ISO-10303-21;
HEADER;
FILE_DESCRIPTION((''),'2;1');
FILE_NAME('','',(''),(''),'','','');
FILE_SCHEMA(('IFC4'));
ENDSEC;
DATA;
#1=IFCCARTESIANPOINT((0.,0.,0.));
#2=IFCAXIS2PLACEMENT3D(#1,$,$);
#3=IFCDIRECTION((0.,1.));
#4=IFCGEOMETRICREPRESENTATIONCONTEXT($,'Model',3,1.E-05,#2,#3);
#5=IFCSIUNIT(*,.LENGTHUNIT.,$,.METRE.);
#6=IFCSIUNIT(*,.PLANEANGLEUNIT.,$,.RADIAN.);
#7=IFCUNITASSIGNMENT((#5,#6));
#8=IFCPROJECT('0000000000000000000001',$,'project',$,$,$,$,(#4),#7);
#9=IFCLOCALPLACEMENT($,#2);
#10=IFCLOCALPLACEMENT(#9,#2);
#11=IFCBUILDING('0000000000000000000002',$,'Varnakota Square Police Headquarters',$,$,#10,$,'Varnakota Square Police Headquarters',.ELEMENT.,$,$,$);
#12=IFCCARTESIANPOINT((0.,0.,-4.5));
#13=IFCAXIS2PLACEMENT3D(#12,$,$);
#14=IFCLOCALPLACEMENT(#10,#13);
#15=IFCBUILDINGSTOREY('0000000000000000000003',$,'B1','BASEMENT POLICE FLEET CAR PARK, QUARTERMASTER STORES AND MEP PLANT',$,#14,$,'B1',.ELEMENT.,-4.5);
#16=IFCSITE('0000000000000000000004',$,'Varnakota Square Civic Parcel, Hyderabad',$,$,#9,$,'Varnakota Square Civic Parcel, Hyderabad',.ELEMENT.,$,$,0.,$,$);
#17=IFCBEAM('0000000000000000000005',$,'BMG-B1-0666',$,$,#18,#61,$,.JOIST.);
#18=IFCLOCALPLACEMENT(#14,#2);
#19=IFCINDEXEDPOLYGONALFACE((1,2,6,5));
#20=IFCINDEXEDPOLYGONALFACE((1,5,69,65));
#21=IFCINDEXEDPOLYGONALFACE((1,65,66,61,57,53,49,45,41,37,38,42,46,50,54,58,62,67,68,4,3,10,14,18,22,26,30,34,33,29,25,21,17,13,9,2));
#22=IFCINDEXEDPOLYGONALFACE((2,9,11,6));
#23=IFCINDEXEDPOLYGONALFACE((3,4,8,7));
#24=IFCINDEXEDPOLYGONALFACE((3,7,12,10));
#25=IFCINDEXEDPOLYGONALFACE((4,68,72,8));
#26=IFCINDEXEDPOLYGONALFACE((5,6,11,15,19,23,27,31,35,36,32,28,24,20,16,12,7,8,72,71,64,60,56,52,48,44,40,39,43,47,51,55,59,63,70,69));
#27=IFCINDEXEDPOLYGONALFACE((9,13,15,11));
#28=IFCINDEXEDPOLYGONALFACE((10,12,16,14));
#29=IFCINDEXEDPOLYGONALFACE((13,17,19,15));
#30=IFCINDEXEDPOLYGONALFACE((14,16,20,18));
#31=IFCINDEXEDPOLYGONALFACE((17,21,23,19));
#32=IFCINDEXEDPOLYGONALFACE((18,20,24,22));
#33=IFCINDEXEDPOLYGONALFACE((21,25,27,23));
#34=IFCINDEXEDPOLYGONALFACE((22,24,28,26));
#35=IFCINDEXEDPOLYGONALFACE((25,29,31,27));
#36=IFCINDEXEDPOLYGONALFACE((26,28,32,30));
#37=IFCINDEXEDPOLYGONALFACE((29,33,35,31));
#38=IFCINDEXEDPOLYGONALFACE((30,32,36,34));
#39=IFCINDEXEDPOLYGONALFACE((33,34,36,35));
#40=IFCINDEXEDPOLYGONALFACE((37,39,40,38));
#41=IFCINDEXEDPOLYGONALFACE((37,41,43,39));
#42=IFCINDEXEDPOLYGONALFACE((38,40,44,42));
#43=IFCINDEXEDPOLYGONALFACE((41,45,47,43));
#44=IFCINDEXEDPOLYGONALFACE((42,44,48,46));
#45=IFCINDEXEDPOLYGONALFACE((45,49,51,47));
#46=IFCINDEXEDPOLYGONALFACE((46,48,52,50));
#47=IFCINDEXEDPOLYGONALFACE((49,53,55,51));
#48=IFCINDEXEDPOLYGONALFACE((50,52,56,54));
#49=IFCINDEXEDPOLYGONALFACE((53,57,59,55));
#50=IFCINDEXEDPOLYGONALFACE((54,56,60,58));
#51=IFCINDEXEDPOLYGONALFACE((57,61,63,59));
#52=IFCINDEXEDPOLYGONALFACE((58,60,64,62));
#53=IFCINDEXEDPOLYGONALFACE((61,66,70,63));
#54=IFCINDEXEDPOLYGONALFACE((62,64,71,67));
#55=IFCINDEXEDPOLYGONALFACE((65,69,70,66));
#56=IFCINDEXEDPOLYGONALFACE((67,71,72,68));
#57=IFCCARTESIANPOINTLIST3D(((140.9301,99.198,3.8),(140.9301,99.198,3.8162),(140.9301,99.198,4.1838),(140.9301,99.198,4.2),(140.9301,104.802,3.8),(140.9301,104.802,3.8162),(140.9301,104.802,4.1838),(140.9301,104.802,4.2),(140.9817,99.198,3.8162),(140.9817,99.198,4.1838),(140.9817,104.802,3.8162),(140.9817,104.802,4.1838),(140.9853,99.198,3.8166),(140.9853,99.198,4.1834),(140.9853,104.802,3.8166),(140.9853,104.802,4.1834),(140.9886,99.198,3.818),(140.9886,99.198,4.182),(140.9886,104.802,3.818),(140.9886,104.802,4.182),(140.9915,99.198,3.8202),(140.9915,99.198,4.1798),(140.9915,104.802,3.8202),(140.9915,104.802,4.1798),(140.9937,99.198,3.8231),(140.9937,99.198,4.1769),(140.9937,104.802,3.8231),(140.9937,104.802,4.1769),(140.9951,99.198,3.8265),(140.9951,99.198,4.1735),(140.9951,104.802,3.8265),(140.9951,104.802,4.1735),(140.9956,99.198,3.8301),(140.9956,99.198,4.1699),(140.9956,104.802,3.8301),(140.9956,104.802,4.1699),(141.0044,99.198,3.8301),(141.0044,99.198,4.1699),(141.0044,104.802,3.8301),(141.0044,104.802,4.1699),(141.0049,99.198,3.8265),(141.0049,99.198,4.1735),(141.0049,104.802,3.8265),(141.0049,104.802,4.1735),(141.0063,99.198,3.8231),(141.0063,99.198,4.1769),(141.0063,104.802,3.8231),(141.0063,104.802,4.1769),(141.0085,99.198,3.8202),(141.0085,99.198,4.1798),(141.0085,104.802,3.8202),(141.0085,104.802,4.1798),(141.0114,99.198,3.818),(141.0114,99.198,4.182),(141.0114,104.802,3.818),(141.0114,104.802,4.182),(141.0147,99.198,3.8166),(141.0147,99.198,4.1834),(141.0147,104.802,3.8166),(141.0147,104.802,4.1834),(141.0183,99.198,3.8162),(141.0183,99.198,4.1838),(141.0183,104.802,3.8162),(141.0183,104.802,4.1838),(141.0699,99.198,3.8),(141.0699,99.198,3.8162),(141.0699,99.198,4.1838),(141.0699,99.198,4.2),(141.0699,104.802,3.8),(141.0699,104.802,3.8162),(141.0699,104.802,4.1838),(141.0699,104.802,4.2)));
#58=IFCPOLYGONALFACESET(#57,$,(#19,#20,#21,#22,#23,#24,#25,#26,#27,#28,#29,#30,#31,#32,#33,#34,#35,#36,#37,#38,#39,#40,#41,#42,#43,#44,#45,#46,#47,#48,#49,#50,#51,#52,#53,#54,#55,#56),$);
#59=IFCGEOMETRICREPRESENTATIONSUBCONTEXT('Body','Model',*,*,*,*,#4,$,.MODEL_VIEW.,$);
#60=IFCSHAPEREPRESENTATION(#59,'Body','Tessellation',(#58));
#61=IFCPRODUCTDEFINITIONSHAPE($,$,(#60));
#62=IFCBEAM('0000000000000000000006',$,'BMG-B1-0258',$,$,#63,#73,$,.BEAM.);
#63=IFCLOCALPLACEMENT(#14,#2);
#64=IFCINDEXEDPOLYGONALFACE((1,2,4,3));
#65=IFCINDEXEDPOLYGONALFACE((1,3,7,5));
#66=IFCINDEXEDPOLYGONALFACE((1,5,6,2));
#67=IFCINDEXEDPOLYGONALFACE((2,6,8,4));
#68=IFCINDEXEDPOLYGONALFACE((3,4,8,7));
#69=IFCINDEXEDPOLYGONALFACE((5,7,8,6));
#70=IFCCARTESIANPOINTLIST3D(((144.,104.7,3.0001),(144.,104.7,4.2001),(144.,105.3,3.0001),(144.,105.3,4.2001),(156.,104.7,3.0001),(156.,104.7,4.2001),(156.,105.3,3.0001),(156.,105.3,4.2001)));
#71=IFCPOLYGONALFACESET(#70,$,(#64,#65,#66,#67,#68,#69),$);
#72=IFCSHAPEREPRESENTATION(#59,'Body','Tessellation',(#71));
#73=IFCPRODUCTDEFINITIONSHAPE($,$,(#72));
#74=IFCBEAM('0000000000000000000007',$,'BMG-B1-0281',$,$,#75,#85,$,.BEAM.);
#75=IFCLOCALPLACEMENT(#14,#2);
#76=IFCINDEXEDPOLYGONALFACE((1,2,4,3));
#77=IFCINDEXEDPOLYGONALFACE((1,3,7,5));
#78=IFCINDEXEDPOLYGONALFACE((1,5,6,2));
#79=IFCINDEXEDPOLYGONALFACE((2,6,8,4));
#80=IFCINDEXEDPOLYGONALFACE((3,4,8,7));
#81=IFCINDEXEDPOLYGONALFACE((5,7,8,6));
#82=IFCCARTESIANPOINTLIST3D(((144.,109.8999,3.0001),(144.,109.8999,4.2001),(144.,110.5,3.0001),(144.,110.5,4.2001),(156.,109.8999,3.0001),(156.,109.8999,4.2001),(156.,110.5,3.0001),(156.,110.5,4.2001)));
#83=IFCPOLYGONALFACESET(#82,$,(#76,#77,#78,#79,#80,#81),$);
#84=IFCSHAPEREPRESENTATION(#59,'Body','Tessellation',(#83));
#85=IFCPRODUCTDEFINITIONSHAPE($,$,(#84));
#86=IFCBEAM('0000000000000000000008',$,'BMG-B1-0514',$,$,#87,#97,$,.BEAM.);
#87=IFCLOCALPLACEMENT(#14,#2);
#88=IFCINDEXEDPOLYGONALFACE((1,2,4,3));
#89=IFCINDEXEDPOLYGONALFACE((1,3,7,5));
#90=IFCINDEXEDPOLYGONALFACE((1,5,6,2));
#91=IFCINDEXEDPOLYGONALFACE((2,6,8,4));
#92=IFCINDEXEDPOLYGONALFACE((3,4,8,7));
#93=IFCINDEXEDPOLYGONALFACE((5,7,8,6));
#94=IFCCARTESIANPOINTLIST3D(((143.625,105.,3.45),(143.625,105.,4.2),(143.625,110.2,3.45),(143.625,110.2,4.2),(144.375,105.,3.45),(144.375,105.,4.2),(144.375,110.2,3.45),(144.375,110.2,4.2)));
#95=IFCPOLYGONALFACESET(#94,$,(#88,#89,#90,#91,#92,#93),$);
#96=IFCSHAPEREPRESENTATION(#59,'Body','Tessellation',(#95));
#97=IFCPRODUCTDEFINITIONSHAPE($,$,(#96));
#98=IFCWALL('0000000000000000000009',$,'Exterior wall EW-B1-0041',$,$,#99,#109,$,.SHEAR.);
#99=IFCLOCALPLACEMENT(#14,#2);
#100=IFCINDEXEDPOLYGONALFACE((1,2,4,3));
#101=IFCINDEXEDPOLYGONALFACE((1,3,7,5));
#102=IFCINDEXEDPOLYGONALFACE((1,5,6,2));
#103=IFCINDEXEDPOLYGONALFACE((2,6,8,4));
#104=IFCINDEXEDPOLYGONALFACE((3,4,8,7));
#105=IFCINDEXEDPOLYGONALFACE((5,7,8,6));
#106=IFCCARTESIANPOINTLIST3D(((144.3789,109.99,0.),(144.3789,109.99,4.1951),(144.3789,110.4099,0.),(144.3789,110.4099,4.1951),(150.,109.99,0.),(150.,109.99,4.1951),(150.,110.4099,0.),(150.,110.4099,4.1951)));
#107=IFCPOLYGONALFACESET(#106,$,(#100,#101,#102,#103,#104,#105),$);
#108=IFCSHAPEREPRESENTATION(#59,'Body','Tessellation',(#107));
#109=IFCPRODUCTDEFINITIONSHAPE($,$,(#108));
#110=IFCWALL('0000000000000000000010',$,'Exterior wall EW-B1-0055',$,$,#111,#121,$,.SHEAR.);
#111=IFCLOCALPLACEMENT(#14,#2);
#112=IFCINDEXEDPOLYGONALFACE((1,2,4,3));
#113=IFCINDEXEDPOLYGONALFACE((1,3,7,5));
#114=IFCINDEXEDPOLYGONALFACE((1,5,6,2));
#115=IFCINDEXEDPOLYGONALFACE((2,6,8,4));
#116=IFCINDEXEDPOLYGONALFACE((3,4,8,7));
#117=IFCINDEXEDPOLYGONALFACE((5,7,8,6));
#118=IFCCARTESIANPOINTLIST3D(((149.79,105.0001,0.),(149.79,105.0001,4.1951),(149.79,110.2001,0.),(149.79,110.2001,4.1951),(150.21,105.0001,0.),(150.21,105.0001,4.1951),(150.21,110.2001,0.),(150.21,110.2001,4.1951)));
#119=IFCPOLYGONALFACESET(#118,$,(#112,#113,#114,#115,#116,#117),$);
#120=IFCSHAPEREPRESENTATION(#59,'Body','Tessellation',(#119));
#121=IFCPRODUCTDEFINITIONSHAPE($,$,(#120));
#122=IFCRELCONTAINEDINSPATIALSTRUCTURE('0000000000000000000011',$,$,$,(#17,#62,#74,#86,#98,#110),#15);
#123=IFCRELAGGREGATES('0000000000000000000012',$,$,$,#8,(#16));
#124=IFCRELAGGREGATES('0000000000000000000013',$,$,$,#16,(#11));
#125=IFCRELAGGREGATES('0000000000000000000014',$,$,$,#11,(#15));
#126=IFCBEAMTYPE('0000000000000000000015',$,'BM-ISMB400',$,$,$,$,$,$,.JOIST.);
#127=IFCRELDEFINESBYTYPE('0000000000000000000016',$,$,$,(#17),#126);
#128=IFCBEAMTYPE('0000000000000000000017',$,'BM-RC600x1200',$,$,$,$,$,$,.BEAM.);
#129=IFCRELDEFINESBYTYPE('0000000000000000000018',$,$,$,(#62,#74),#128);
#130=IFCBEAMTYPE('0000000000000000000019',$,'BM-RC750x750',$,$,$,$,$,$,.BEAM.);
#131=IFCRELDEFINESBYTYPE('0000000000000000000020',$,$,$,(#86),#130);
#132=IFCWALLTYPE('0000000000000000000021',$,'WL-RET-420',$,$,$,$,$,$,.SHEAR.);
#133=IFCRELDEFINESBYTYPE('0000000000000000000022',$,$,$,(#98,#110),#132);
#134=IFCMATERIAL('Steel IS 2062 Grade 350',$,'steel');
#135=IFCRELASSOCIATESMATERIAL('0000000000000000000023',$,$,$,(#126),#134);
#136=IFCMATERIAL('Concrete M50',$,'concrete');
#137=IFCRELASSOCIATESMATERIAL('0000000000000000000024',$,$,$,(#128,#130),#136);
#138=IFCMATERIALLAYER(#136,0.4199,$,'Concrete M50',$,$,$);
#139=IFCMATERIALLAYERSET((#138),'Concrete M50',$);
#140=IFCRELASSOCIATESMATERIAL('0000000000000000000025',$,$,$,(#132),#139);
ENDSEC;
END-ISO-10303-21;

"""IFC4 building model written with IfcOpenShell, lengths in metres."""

from ifc_helpers import new_model, si_unit, direction, frame, frame_2d, origin, origin_2d, place, context, subcontext, project, spatial, rectangle, i_section, extrude, material, layer, layer_set, material_profile, profile_set, type_object, element, save


model = new_model("IFC4")

# Units and contexts
model_context = context("Model", 3, precision=1e-05, world=origin(), true_north=direction((0.0, 1.0)))
body_context = subcontext(model_context, "Body", "Model", "MODEL_VIEW")
ifc_project = project(units=[si_unit("LENGTHUNIT", "METRE"), si_unit("PLANEANGLEUNIT", "RADIAN")], contexts=[model_context])

# Site, building, storey
site_placement = place(None, origin())
site = spatial("IfcSite", under=ifc_project, at=site_placement, Name="Varnakota Square Civic Parcel, Hyderabad", LongName="Varnakota Square Civic Parcel, Hyderabad", CompositionType="ELEMENT", RefElevation=0.0)
building_placement = place(site_placement, origin())
building = spatial("IfcBuilding", under=site, at=building_placement, Name="Varnakota Square Police Headquarters", LongName="Varnakota Square Police Headquarters", CompositionType="ELEMENT")
storey_placement = place(building_placement, frame((0.0, 0.0, -4.5)))
storey = spatial("IfcBuildingStorey", under=building, at=storey_placement, Name="B1", Description="BASEMENT POLICE FLEET CAR PARK, QUARTERMASTER STORES AND MEP PLANT", LongName="B1", CompositionType="ELEMENT", Elevation=-4.5)

# Shared definitions
ifc_material_1 = material(Name="Concrete M50", Category="concrete")

# Beams
ifc_material_2 = material(Name="Steel IS 2062 Grade 350", Category="steel")
ifc_material_profile_1 = material_profile(ifc_material_2, i_section(OverallWidth=0.1399, OverallDepth=0.3999, WebThickness=0.0088, FlangeThickness=0.0161, FilletRadius=0.0139, at=origin_2d()), Name="ISMB 400")
ifc_profile_set_1 = profile_set([ifc_material_profile_1], Name="Steel IS 2062 Grade 350")
beam_type_1 = type_object("IfcBeamType", Name="BM-ISMB400", PredefinedType="JOIST", material=ifc_profile_set_1)
beam_1_placement = place(storey_placement, frame((141.0, 99.198, 4.0), z_axis=(0.0, 1.0, 0.0), x_axis=(-1.0, 0.0, 0.0)))
element("IfcBeam", 1, at=beam_1_placement, inside=storey, type_object=beam_type_1, Name="BMG-B1-0666", PredefinedType="JOIST", context=body_context, shape_type="SweptSolid", body=[
    extrude(i_section(OverallWidth=0.1399, OverallDepth=0.3999, WebThickness=0.0088, FlangeThickness=0.0161, FilletRadius=0.0139, at=origin_2d()), origin(), (0.0, 0.0, 1.0), 5.604),
])
ifc_material_profile_2 = material_profile(ifc_material_1, rectangle(XDim=0.6001, YDim=1.2, at=origin_2d()), Name="RC 600x1200")
ifc_profile_set_2 = profile_set([ifc_material_profile_2], Name="Concrete M50")
beam_type_2 = type_object("IfcBeamType", Name="BM-RC600x1200", PredefinedType="BEAM", material=ifc_profile_set_2)
for number, where, z_axis, x_axis, name in (
    (2, (144.0, 105.0, 3.6001), (1.0, 0.0, 0.0), (0.0, 1.0, 0.0), "BMG-B1-0258"),
    (3, (144.0, 110.2, 3.6001), (1.0, 0.0, 0.0), (0.0, 1.0, 0.0), "BMG-B1-0281"),
):
    element("IfcBeam", number, at=place(storey_placement, frame(where, z_axis=z_axis, x_axis=x_axis)), inside=storey, type_object=beam_type_2, Name=name, PredefinedType="BEAM", context=body_context, shape_type="SweptSolid", body=[
        extrude(rectangle(XDim=0.6001, YDim=1.2, at=origin_2d()), origin(), (0.0, 0.0, 1.0), 12.0),
    ])
ifc_material_profile_3 = material_profile(ifc_material_1, rectangle(XDim=0.75, YDim=0.75, at=origin_2d()), Name="RC 750x750")
ifc_profile_set_3 = profile_set([ifc_material_profile_3], Name="Concrete M50")
beam_type_3 = type_object("IfcBeamType", Name="BM-RC750x750", PredefinedType="BEAM", material=ifc_profile_set_3)
beam_2_placement = place(storey_placement, frame((144.0, 105.0, 3.825), z_axis=(0.0, 1.0, 0.0), x_axis=(-1.0, 0.0, 0.0)))
element("IfcBeam", 4, at=beam_2_placement, inside=storey, type_object=beam_type_3, Name="BMG-B1-0514", PredefinedType="BEAM", context=body_context, shape_type="SweptSolid", body=[
    extrude(rectangle(XDim=0.75, YDim=0.75, at=origin_2d()), origin(), (0.0, 0.0, 1.0), 5.2),
])

# Walls
ifc_layer = layer(ifc_material_1, 0.4199, Name="Concrete M50")
ifc_layer_set = layer_set([ifc_layer], Name="Concrete M50")
wall_type = type_object("IfcWallType", Name="WL-RET-420", PredefinedType="SHEAR", material=ifc_layer_set)
wall_1_placement = place(storey_placement, frame((144.3789, 110.2, 0.0), z_axis=(0.0, 0.0, 1.0), x_axis=(1.0, 0.0, 0.0)))
element("IfcWall", 5, at=wall_1_placement, inside=storey, type_object=wall_type, Name="Exterior wall EW-B1-0041", PredefinedType="SHEAR", context=body_context, shape_type="SweptSolid", body=[
    extrude(rectangle(XDim=5.6211, YDim=0.4199, at=frame_2d((2.8105, 0.0))), origin(), (0.0, 0.0, 1.0), 4.1951),
])
wall_2_placement = place(storey_placement, frame((150.0, 105.0, 0.0), z_axis=(0.0, 0.0, 1.0), x_axis=(0.0, 1.0, 0.0)))
element("IfcWall", 6, at=wall_2_placement, inside=storey, type_object=wall_type, Name="Exterior wall EW-B1-0055", PredefinedType="SHEAR", context=body_context, shape_type="SweptSolid", body=[
    extrude(rectangle(XDim=5.2, YDim=0.4199, at=frame_2d((2.6001, 0.0))), origin(), (0.0, 0.0, 1.0), 4.1951),
])

save(model, "model.ifc")
